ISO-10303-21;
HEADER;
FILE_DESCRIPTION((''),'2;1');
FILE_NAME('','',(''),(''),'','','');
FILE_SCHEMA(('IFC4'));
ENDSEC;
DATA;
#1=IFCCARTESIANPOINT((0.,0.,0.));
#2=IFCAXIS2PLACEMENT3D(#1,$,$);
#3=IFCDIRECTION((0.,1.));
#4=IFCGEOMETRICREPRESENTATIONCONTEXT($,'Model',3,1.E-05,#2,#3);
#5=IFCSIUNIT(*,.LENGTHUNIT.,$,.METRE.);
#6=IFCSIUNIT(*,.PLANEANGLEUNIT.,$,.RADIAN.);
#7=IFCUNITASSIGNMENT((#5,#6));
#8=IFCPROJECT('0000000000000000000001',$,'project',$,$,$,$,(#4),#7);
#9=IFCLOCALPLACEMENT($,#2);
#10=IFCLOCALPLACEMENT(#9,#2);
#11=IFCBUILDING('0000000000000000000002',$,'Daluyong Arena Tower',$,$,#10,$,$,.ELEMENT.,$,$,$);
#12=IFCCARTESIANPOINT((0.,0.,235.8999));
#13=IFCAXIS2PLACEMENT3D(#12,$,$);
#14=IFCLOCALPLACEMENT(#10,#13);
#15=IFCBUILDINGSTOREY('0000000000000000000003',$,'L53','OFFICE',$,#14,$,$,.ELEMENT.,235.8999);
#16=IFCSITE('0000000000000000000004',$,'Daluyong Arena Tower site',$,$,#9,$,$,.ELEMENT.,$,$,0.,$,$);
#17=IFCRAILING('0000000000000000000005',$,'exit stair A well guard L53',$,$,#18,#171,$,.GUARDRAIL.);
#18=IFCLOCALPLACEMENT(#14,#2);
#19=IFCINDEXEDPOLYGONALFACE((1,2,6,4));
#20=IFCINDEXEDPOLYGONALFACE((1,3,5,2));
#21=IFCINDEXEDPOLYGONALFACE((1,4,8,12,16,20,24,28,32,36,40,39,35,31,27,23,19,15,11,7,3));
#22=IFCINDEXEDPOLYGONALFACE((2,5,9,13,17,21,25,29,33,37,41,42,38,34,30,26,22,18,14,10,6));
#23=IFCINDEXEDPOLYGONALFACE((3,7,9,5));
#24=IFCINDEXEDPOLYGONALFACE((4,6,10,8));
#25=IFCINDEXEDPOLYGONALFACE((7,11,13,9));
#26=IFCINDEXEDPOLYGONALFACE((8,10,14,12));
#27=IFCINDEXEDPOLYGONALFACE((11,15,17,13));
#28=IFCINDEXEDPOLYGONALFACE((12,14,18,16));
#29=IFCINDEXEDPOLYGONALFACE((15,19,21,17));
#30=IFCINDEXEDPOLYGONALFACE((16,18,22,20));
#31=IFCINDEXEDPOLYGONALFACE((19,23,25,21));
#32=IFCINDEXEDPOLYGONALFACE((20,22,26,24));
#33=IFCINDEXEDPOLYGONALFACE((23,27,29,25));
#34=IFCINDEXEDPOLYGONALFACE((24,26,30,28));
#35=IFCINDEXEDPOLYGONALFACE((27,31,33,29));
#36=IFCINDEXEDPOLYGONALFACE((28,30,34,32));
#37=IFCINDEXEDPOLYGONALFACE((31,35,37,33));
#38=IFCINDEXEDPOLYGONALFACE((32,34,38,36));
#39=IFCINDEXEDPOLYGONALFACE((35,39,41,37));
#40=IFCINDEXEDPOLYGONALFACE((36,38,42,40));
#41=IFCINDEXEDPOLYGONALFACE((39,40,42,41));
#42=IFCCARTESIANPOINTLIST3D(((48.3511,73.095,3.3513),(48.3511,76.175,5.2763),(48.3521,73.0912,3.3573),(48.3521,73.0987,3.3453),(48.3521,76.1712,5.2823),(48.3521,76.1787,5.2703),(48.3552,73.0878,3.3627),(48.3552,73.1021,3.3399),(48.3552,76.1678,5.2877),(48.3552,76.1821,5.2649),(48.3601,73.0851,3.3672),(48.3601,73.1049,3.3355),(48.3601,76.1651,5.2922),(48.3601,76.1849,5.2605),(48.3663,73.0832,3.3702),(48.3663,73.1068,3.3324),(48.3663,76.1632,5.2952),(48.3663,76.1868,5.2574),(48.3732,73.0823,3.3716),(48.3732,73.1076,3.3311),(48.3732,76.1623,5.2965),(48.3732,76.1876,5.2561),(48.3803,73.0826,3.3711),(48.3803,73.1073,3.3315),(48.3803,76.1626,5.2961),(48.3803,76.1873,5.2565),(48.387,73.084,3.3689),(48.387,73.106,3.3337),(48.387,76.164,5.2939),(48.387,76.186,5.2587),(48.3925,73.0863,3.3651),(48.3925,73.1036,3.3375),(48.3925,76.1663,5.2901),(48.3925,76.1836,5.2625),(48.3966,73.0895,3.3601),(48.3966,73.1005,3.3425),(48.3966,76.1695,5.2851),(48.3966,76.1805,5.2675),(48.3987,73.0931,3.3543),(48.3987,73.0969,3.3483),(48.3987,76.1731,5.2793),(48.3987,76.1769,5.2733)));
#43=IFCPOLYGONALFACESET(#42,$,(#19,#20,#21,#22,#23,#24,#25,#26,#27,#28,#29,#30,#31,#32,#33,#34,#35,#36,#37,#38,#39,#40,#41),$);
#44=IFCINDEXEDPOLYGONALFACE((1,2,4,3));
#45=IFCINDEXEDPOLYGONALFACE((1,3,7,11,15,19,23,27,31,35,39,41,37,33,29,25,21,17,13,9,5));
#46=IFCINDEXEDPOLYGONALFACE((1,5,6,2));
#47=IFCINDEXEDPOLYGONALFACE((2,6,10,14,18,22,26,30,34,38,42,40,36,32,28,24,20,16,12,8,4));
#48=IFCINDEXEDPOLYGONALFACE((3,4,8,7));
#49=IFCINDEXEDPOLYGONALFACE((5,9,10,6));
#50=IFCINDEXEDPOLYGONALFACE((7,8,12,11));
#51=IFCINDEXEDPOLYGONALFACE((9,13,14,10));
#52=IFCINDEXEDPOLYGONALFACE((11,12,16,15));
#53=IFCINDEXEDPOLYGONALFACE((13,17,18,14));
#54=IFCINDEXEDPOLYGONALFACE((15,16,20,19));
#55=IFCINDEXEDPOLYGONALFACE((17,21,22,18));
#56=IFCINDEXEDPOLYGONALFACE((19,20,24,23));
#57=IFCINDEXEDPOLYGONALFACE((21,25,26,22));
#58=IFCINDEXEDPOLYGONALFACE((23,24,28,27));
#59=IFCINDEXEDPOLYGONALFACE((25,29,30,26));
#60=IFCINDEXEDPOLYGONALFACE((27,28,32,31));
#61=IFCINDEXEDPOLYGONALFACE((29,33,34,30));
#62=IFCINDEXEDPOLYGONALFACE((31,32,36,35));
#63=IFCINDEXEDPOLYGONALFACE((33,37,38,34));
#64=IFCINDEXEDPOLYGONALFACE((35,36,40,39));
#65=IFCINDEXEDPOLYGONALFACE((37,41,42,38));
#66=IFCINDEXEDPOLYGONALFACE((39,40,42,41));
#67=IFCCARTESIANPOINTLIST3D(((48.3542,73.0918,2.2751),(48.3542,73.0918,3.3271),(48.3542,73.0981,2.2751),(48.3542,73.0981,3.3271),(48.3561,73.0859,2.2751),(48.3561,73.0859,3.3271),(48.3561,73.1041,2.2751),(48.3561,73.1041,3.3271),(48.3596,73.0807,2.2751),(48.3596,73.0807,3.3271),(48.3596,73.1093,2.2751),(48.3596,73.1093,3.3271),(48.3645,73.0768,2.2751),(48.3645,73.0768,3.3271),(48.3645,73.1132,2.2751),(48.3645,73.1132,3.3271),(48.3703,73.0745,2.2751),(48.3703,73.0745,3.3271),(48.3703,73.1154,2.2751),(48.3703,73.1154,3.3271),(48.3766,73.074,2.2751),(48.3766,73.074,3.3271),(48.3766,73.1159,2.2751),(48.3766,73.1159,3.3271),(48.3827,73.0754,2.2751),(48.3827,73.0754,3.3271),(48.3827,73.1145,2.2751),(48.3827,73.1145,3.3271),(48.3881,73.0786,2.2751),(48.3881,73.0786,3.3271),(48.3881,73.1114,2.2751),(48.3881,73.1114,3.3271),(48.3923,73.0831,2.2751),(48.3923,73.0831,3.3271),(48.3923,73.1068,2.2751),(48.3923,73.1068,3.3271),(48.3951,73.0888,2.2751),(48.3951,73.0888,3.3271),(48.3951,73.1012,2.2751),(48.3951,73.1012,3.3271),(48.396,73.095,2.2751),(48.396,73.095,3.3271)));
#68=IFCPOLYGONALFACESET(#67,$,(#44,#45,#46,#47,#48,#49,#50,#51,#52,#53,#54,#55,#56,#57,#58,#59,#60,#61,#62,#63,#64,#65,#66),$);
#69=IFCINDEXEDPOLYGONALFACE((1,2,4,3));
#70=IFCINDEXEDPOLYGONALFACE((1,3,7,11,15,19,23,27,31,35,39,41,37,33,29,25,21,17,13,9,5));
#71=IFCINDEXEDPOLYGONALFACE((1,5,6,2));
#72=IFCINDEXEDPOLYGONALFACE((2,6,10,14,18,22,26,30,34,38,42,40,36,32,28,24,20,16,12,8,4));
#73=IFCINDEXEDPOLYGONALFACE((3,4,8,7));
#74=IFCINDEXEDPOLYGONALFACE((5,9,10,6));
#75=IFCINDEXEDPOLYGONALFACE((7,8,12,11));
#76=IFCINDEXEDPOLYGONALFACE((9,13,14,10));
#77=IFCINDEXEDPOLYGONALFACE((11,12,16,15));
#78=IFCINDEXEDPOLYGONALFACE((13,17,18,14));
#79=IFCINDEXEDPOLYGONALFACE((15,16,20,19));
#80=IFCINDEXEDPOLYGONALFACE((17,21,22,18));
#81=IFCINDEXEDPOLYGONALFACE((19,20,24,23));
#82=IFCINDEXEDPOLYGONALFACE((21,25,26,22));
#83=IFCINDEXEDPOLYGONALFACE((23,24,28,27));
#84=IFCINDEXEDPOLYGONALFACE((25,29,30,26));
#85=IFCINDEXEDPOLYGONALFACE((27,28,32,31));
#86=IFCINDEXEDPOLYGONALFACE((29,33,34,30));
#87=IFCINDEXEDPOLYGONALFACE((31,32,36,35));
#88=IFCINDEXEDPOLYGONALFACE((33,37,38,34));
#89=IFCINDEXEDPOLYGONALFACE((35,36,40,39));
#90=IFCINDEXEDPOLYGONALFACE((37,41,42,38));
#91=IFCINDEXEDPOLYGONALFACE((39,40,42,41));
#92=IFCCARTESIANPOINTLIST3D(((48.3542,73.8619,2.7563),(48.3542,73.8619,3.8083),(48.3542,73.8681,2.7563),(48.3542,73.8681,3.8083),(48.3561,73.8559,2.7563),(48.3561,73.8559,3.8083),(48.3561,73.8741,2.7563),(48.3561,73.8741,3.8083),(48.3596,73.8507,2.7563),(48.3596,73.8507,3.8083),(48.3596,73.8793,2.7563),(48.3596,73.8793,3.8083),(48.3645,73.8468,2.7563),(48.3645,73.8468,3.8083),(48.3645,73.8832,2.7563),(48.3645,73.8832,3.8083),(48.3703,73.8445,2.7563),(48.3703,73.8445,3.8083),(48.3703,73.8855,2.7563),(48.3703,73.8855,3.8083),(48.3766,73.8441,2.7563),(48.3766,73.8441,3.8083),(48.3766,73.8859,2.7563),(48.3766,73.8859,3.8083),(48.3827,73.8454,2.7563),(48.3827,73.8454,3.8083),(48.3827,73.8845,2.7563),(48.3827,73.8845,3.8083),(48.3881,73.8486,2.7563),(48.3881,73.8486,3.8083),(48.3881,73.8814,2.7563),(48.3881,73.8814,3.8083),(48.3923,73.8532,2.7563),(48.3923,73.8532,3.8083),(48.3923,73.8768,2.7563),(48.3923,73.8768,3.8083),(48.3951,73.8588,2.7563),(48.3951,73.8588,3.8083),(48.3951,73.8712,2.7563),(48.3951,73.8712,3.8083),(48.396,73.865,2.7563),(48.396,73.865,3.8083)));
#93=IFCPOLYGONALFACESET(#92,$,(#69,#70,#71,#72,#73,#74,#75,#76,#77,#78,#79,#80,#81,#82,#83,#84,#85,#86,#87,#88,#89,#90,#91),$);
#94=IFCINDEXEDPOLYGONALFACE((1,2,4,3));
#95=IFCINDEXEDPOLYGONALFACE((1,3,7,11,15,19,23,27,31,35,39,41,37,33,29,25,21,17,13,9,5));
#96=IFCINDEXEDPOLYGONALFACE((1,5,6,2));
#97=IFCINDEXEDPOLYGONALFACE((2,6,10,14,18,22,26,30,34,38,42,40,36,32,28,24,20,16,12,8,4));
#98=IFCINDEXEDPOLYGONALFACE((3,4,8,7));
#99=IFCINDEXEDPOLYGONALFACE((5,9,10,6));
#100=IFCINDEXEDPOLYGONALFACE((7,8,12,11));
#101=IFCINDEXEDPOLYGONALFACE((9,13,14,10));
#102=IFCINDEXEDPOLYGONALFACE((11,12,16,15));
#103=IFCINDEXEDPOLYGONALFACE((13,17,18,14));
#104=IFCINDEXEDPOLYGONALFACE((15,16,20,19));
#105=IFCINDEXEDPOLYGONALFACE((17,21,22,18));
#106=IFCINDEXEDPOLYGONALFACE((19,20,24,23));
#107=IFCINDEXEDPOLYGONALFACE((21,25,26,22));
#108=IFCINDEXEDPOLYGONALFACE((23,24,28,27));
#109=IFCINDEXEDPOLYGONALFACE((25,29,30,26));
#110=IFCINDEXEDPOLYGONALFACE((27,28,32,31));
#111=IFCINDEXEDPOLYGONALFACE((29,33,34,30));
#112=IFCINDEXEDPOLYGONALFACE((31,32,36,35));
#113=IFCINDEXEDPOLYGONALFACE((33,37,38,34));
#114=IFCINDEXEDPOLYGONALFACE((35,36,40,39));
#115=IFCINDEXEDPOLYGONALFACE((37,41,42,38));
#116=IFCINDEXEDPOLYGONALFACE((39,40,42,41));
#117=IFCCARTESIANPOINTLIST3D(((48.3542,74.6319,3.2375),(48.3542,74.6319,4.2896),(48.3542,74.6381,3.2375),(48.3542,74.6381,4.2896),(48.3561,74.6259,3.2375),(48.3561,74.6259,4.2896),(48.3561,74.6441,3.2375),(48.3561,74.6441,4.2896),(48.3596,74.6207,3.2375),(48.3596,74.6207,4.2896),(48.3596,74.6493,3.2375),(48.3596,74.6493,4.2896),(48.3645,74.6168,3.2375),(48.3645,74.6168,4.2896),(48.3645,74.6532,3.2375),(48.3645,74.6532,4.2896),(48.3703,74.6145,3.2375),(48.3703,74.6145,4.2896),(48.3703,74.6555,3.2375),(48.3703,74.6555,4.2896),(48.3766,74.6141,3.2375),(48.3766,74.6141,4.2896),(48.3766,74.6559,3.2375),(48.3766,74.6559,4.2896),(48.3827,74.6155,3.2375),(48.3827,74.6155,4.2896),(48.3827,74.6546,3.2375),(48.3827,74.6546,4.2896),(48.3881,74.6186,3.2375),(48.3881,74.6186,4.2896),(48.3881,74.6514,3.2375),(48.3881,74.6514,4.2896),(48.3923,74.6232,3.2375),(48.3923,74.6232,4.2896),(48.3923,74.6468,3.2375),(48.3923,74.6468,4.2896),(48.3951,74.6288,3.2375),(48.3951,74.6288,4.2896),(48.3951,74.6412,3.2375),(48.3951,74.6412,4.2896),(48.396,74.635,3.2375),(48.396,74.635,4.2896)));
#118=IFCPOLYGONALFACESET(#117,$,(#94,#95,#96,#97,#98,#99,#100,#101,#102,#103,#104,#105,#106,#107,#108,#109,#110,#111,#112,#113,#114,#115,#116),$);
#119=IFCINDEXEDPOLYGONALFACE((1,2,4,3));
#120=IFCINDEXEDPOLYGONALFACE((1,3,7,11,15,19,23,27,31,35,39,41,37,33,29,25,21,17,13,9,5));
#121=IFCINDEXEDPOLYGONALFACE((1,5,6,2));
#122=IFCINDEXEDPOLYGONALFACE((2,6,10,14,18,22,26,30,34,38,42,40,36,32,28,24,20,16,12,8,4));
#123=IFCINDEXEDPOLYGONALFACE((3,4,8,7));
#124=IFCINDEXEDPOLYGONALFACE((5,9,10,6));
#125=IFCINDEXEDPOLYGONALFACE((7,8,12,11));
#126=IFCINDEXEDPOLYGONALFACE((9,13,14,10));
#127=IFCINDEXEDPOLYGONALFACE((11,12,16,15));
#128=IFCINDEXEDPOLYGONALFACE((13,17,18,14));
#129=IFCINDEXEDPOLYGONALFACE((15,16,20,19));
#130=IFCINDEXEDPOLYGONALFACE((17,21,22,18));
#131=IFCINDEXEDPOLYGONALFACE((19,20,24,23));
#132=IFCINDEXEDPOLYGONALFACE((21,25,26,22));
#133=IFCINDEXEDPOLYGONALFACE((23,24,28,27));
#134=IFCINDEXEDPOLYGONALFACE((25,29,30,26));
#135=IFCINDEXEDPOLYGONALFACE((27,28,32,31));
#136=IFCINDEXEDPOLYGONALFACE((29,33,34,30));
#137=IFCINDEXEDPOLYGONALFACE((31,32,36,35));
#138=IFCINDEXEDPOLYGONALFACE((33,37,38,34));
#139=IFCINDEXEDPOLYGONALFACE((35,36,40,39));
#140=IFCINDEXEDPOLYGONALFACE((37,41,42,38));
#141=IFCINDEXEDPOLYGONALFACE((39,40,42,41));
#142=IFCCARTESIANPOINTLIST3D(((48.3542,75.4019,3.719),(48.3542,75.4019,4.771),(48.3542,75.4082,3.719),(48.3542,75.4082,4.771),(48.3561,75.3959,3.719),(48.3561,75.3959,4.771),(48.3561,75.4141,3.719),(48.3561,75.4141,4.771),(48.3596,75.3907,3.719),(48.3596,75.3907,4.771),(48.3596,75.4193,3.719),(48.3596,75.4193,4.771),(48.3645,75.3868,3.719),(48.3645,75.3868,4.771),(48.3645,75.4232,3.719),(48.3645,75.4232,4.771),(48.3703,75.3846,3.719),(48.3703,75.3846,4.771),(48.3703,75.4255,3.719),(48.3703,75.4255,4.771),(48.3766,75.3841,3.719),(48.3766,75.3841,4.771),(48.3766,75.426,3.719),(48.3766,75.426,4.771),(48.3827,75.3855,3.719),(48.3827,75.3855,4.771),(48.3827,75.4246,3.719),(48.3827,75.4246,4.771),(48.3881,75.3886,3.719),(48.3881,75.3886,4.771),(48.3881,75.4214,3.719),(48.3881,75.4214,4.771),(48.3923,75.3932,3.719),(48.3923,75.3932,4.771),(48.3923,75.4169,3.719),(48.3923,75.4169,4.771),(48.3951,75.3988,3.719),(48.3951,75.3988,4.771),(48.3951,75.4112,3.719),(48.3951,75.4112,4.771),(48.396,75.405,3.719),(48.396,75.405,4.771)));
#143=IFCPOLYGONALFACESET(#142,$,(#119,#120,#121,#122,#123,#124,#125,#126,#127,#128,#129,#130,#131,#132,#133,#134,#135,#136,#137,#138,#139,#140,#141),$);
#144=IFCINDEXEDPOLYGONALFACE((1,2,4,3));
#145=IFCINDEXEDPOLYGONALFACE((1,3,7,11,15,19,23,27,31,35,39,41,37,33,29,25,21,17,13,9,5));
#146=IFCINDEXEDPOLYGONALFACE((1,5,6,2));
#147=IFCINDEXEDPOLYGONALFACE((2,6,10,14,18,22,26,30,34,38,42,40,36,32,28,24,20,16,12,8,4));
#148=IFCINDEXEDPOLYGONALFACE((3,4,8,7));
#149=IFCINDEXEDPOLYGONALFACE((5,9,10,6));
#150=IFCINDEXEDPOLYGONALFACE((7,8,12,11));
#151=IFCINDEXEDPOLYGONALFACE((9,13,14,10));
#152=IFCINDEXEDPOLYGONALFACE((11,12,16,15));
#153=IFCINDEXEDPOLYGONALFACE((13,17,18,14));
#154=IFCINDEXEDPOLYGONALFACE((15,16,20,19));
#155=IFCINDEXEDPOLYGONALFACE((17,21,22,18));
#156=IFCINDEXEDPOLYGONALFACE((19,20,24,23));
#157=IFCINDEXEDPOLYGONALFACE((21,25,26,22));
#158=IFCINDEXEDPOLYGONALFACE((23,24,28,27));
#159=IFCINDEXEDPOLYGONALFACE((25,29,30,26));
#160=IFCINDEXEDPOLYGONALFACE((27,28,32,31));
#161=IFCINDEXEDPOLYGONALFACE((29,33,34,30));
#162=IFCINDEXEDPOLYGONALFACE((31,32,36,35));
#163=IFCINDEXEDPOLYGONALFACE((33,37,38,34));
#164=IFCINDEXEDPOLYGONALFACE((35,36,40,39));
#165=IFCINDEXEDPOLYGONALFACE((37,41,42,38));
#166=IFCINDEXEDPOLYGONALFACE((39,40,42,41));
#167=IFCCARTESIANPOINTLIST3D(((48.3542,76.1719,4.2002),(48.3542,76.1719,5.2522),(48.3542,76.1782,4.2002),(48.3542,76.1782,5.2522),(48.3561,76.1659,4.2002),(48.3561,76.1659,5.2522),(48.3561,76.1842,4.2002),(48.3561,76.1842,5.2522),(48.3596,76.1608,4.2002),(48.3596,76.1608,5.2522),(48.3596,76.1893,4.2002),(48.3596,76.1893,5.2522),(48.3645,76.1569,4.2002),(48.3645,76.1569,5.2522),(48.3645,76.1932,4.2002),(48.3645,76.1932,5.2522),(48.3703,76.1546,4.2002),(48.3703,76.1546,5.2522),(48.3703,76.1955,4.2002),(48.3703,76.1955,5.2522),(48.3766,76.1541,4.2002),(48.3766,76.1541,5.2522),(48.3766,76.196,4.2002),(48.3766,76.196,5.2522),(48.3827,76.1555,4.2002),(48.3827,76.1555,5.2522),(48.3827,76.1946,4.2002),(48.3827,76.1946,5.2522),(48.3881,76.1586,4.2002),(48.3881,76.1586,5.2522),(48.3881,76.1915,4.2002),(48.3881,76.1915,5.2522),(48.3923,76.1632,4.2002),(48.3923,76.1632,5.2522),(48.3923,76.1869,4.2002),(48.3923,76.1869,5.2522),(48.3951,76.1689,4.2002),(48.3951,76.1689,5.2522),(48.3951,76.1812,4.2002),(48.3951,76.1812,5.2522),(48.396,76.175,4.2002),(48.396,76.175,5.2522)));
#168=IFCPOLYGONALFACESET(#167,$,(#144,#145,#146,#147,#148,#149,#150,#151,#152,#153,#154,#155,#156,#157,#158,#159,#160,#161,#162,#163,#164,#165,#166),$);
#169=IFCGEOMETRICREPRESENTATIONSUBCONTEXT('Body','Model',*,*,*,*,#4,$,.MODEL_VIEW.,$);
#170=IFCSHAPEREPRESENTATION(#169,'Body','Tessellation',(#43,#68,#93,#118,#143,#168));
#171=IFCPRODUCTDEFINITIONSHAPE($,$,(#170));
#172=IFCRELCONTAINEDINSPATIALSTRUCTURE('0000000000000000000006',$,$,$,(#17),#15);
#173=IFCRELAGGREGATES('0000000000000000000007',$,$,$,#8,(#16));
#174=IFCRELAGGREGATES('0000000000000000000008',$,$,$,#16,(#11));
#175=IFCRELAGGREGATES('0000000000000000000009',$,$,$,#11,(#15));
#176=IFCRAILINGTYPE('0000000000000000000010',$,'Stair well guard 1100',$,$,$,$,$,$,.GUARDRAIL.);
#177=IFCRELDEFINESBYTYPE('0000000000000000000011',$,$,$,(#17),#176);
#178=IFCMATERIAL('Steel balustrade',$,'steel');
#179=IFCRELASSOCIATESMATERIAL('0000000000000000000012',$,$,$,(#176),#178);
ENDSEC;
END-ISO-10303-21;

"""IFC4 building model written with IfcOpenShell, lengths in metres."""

from ifc_helpers import new_model, si_unit, direction, frame, origin, origin_2d, place, context, subcontext, project, spatial, circle, extrude, material, type_object, element, save


model = new_model("IFC4")

# Units and contexts
model_context = context("Model", 3, precision=1e-05, world=origin(), true_north=direction((0.0, 1.0)))
body_context = subcontext(model_context, "Body", "Model", "MODEL_VIEW")
ifc_project = project(units=[si_unit("LENGTHUNIT", "METRE"), si_unit("PLANEANGLEUNIT", "RADIAN")], contexts=[model_context])

# Site, building, storey
site_placement = place(None, origin())
site = spatial("IfcSite", under=ifc_project, at=site_placement, Name="Daluyong Arena Tower site", CompositionType="ELEMENT", RefElevation=0.0)
building_placement = place(site_placement, origin())
building = spatial("IfcBuilding", under=site, at=building_placement, Name="Daluyong Arena Tower", CompositionType="ELEMENT")
storey_placement = place(building_placement, frame((0.0, 0.0, 235.8999)))
storey = spatial("IfcBuildingStorey", under=building, at=storey_placement, Name="L53", Description="OFFICE", CompositionType="ELEMENT", Elevation=235.8999)

# Railing
ifc_material_1 = material(Name="Steel balustrade", Category="steel")
railing_type_1 = type_object("IfcRailingType", Name="Stair well guard 1100", PredefinedType="GUARDRAIL", material=ifc_material_1)
railing_1_placement = place(storey_placement, frame((48.375, 73.095, 2.2751)))
element("IfcRailing", 1, at=railing_1_placement, inside=storey, type_object=railing_type_1, Name="exit stair A well guard L53", PredefinedType="GUARDRAIL", context=body_context, shape_type="SweptSolid", body=[
    extrude(circle(Radius=0.0239, at=origin_2d()), frame((0.0, 0.0, 1.0762), z_axis=(0.0, 0.847998, 0.529999), x_axis=(-1.0, 0.0, 0.0)), (0.0, 0.0, 1.0), 3.6321),
    extrude(circle(Radius=0.021, at=origin_2d()), origin(), (0.0, 0.0, 1.0), 1.052),
    extrude(circle(Radius=0.021, at=origin_2d()), frame((0.0, 0.77, 0.4812)), (0.0, 0.0, 1.0), 1.052),
    extrude(circle(Radius=0.021, at=origin_2d()), frame((0.0, 1.54, 0.9624)), (0.0, 0.0, 1.0), 1.052),
    extrude(circle(Radius=0.021, at=origin_2d()), frame((0.0, 2.3101, 1.4438)), (0.0, 0.0, 1.0), 1.052),
    extrude(circle(Radius=0.021, at=origin_2d()), frame((0.0, 3.0801, 1.925)), (0.0, 0.0, 1.0), 1.052),
])

save(model, "model.ifc")
